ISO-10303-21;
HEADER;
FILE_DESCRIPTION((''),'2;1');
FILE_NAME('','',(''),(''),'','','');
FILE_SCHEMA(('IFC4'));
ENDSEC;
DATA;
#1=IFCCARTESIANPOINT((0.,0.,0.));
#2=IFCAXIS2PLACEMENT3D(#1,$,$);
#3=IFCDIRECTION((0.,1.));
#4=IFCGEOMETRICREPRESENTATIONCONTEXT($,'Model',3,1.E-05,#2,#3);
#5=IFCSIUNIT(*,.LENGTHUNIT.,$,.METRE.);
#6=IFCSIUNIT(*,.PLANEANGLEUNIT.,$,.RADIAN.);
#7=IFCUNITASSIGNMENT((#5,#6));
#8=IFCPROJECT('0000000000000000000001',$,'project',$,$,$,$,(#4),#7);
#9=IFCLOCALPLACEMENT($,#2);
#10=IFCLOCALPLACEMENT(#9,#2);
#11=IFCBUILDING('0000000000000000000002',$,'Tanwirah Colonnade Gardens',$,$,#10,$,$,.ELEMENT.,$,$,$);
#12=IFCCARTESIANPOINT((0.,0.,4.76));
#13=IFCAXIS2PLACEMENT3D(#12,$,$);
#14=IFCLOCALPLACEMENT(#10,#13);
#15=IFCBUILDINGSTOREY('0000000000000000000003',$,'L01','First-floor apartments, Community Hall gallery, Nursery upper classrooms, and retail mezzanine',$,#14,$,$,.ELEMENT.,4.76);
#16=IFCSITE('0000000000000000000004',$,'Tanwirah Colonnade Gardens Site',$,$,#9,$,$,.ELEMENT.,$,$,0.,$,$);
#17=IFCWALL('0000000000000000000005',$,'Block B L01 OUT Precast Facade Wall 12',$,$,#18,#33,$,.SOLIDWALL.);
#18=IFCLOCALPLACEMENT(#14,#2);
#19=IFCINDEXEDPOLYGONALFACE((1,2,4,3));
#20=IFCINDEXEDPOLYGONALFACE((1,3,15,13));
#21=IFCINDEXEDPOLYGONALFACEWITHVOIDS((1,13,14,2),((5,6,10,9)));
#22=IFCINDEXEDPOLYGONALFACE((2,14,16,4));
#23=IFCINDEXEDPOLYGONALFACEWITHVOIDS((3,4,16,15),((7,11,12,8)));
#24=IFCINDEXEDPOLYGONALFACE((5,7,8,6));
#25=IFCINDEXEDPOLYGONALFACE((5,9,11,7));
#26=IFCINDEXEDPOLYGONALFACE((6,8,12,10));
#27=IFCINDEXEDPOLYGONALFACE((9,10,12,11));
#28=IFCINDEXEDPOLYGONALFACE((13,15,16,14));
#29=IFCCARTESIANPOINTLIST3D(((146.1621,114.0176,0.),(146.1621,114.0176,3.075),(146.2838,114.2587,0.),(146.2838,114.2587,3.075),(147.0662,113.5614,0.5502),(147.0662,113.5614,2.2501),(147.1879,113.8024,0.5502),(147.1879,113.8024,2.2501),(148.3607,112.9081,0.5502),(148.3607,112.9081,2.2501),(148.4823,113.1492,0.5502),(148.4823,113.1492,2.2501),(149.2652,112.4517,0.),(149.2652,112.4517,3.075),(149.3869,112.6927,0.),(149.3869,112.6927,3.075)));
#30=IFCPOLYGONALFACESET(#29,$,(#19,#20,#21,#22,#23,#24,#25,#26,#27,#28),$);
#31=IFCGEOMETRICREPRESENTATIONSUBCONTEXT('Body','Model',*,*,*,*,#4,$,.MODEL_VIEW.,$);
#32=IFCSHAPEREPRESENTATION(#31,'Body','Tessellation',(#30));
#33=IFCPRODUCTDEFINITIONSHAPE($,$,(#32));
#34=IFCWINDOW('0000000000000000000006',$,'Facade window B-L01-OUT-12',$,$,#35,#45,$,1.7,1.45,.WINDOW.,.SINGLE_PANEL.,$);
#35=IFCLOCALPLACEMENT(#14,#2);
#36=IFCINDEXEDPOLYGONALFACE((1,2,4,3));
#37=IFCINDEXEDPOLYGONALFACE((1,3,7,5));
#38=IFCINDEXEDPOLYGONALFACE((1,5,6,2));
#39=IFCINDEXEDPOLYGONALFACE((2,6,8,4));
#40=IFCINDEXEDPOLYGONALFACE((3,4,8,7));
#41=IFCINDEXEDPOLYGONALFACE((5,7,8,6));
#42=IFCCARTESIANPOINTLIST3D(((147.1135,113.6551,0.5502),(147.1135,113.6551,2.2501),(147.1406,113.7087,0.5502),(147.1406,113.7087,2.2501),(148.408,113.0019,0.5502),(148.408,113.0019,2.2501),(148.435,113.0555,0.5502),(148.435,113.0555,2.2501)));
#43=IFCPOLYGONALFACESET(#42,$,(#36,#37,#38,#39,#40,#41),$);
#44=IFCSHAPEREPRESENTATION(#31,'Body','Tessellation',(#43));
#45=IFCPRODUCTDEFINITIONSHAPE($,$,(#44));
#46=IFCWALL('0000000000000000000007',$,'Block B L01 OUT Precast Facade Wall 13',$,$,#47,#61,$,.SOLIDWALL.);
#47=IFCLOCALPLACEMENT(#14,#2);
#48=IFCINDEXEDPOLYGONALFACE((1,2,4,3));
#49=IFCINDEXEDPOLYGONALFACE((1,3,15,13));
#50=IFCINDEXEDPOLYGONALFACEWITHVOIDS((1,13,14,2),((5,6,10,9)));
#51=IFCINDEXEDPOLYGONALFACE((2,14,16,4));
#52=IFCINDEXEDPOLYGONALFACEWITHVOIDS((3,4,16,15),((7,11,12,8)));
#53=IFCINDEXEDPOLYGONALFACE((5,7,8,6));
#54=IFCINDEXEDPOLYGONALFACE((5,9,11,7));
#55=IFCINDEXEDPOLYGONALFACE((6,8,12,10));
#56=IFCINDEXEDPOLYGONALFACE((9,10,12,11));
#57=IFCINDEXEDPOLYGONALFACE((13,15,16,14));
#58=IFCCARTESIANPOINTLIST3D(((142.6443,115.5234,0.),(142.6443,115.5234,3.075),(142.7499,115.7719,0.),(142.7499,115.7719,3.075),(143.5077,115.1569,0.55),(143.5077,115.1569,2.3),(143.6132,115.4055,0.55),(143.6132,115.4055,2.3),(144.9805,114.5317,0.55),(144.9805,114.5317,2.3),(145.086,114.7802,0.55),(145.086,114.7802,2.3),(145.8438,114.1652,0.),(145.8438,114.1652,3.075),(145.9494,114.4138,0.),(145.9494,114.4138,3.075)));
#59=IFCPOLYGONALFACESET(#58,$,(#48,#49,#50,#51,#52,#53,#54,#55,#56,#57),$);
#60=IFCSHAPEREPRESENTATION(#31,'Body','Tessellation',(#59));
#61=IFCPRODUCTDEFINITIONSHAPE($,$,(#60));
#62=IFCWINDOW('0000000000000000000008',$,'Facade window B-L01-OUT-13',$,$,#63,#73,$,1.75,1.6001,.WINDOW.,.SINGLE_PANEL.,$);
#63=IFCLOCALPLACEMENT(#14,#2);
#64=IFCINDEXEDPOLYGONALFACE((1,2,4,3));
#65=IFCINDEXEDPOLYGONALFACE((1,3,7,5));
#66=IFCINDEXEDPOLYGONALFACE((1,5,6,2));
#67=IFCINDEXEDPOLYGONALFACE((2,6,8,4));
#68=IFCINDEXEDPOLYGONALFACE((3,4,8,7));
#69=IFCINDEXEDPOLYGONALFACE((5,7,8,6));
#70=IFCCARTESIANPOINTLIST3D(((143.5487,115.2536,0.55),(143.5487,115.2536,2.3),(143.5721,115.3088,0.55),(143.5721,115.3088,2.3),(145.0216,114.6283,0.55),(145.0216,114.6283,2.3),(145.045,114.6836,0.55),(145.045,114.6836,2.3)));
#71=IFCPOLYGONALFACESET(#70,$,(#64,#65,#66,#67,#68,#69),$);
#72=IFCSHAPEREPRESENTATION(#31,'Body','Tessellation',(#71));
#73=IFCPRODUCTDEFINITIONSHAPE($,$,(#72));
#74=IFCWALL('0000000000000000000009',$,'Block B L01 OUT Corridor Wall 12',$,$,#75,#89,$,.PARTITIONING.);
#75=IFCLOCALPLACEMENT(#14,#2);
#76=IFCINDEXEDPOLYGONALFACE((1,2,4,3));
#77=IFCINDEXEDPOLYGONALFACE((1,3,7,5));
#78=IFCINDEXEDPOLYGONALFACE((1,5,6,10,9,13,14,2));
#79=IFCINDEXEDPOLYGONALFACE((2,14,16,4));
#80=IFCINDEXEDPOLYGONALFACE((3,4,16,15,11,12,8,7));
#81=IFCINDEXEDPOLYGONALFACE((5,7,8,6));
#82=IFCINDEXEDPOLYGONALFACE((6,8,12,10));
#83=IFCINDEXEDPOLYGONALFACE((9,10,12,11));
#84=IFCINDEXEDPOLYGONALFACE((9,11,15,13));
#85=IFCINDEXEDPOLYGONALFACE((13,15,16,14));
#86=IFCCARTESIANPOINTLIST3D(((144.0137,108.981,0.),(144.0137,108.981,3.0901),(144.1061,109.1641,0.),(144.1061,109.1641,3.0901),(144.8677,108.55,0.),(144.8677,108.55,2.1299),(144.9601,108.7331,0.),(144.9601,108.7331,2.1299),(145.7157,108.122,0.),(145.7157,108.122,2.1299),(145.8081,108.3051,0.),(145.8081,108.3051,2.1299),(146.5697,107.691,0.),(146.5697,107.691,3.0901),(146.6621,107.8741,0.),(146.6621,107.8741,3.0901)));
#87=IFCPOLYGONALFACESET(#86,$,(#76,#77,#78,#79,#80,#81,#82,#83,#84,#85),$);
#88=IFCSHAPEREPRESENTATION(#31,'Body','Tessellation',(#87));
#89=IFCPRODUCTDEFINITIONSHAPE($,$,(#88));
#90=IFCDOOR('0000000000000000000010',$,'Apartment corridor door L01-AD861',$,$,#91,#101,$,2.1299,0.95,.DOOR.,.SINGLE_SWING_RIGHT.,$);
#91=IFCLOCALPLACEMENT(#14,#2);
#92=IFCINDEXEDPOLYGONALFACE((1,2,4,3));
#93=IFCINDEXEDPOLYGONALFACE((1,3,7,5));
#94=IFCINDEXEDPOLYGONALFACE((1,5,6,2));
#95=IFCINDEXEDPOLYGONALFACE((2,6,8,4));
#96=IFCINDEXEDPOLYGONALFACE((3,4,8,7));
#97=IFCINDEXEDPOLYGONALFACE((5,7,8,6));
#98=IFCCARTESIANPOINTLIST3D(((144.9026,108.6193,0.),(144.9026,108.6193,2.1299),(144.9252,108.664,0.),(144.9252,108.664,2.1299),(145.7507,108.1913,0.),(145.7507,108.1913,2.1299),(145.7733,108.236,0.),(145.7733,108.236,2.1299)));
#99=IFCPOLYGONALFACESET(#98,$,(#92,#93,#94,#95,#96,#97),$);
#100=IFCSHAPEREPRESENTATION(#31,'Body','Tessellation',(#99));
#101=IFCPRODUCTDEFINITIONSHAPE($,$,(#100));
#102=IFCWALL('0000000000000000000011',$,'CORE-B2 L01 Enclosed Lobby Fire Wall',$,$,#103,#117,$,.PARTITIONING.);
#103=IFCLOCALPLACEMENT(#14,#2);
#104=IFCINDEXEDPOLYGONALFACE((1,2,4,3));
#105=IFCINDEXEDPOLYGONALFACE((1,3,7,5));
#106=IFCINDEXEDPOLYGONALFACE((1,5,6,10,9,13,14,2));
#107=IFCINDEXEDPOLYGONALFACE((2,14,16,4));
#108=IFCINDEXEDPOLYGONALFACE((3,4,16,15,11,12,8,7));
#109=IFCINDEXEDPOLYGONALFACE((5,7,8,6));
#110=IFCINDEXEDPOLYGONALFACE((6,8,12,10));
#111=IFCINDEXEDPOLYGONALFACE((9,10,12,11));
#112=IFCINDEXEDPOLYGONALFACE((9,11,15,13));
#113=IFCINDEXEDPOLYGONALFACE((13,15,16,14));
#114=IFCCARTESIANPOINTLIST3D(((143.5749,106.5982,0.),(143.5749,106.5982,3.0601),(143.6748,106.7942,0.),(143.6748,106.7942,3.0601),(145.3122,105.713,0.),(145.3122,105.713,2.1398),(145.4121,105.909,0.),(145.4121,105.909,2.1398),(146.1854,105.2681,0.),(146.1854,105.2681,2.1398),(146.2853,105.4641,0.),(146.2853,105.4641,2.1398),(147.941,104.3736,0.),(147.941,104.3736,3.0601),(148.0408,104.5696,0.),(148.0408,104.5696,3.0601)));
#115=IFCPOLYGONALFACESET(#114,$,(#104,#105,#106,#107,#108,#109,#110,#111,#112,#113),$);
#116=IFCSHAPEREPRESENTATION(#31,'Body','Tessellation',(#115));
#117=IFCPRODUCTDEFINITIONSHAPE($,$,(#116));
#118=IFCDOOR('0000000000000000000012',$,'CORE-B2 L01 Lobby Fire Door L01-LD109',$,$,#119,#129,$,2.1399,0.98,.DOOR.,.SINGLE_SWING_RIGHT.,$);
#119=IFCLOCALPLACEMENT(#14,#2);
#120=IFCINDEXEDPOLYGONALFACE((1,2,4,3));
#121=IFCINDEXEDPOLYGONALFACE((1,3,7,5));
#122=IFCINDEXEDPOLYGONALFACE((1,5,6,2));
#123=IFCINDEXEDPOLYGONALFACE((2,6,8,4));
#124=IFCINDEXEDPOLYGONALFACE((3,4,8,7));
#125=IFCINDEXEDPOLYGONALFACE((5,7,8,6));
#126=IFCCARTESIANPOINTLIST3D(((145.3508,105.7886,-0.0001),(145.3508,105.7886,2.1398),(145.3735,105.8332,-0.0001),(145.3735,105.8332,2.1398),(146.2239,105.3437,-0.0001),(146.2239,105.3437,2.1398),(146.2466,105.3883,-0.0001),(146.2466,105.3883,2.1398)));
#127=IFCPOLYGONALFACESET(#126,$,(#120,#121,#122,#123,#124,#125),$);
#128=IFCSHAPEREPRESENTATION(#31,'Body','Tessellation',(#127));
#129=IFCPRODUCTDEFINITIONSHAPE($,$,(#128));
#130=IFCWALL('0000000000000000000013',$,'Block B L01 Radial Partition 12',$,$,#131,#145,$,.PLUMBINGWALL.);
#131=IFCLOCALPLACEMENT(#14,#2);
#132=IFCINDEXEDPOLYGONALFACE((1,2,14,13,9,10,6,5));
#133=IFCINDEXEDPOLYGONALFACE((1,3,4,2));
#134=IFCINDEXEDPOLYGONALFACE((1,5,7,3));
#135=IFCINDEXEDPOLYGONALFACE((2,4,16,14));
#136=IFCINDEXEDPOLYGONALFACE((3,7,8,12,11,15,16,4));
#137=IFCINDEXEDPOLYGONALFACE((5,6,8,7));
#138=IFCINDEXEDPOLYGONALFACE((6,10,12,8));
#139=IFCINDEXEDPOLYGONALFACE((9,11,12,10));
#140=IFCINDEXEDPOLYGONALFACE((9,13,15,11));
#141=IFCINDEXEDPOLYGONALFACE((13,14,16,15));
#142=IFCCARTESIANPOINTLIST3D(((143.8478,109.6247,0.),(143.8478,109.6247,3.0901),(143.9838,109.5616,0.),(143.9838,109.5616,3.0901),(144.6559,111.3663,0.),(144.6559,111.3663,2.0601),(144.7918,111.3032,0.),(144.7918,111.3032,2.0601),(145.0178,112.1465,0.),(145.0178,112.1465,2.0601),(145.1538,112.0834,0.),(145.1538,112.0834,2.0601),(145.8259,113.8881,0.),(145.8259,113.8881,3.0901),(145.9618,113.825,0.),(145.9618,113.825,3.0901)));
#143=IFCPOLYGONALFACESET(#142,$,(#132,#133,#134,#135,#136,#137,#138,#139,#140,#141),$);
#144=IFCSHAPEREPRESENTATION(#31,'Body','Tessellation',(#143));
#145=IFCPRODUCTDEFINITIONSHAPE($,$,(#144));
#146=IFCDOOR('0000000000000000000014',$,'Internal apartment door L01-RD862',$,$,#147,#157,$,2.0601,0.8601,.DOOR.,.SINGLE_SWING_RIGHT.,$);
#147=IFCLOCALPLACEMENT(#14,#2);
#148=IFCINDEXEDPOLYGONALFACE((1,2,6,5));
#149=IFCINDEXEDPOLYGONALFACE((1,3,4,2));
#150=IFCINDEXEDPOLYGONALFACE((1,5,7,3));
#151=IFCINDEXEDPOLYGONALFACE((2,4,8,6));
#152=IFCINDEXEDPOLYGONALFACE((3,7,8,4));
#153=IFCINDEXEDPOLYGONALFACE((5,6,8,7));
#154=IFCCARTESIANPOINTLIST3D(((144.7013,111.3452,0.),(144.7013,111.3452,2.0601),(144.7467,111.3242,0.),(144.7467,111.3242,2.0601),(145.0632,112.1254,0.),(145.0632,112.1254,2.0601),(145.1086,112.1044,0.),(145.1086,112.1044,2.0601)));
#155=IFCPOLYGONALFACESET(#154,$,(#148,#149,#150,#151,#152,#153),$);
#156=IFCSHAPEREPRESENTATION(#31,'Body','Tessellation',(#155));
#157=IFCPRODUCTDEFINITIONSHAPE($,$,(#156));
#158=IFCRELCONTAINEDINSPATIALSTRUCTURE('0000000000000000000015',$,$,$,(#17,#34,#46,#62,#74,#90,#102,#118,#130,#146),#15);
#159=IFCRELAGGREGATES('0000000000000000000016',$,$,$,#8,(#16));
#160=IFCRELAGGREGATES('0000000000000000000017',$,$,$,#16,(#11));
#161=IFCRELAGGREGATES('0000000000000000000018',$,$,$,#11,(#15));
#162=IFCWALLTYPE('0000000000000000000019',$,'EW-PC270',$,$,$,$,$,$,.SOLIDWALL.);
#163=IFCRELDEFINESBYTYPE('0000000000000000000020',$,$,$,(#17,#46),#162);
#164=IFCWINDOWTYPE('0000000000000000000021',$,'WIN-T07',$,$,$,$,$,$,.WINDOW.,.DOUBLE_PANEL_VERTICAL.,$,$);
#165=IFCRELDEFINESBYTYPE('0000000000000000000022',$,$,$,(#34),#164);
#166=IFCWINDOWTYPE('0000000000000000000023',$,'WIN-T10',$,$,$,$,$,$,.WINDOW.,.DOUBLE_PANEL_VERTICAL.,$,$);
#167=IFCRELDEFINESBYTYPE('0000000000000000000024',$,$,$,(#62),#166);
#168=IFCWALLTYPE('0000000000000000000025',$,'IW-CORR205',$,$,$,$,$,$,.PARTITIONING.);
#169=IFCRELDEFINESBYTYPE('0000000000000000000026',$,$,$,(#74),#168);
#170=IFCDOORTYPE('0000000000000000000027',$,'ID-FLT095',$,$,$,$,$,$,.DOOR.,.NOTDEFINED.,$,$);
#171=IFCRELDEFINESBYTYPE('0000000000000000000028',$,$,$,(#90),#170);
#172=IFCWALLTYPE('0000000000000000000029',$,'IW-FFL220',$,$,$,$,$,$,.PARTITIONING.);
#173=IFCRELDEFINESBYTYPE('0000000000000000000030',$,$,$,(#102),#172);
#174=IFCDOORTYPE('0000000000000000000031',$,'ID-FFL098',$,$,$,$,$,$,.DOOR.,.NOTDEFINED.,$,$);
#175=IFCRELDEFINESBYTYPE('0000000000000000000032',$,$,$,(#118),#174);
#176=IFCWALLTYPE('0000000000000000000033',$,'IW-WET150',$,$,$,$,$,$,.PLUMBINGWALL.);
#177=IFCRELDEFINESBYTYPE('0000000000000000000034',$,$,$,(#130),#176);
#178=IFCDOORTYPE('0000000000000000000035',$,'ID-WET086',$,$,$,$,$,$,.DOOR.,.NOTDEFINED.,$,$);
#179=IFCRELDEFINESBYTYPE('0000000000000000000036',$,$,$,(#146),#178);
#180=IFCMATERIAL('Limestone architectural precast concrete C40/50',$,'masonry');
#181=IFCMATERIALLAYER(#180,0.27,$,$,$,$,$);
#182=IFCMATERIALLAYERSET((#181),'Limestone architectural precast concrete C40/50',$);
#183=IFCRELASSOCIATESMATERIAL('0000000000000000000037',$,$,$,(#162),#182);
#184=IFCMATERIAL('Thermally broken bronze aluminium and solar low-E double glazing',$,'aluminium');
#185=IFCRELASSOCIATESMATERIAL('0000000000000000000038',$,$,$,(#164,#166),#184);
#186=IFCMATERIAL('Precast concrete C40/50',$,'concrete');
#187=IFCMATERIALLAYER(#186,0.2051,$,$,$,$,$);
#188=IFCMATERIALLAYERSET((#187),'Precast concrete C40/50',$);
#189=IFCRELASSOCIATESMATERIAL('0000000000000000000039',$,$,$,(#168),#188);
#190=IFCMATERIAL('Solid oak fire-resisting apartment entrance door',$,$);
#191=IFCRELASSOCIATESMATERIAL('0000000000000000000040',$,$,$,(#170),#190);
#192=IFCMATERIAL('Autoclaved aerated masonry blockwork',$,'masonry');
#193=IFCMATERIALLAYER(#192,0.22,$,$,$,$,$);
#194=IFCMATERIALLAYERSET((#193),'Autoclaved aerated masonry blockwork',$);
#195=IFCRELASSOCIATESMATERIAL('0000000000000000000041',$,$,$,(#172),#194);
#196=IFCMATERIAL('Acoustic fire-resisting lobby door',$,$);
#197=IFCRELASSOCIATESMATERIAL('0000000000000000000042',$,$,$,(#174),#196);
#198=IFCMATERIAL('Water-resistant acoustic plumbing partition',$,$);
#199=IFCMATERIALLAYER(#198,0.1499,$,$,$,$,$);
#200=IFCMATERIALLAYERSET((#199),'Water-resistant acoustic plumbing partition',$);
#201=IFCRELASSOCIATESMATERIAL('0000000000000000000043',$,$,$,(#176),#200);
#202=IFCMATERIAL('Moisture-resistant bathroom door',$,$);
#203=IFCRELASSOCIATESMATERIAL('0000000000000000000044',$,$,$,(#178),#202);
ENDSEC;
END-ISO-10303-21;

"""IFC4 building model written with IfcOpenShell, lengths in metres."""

from ifc_helpers import new_model, si_unit, direction, frame, frame_2d, origin, place, context, subcontext, project, spatial, rectangle, extrude, material, layer, layer_set, type_object, element, fill, save


model = new_model("IFC4")

# Units and contexts
model_context = context("Model", 3, precision=1e-05, world=origin(), true_north=direction((0.0, 1.0)))
body_context = subcontext(model_context, "Body", "Model", "MODEL_VIEW")
ifc_project = project(units=[si_unit("LENGTHUNIT", "METRE"), si_unit("PLANEANGLEUNIT", "RADIAN")], contexts=[model_context])

# Site, building, storey
site_placement = place(None, origin())
site = spatial("IfcSite", under=ifc_project, at=site_placement, Name="Tanwirah Colonnade Gardens Site", CompositionType="ELEMENT", RefElevation=0.0)
building_placement = place(site_placement, origin())
building = spatial("IfcBuilding", under=site, at=building_placement, Name="Tanwirah Colonnade Gardens", CompositionType="ELEMENT")
storey_placement = place(building_placement, frame((0.0, 0.0, 4.76)))
storey = spatial("IfcBuildingStorey", under=building, at=storey_placement, Name="L01", Description="First-floor apartments, Community Hall gallery, Nursery upper classrooms, and retail mezzanine", CompositionType="ELEMENT", Elevation=4.76)

# Shared definitions
ifc_material_1 = material(Name="Precast concrete C40/50", Category="concrete")

# Walls, openings, windows
ifc_material_2 = material(Name="Limestone architectural precast concrete C40/50", Category="masonry")
ifc_layer_1 = layer(ifc_material_2, 0.27)
ifc_layer_set_1 = layer_set([ifc_layer_1], Name="Limestone architectural precast concrete C40/50")
wall_type_1 = type_object("IfcWallType", Name="EW-PC270", PredefinedType="SOLIDWALL", material=ifc_layer_set_1)
wall_1_placement = place(storey_placement, frame((149.3259, 112.5723, 0.0), z_axis=(0.0, 0.0, 1.0), x_axis=(-0.892763, 0.450526, 0.0)))
wall_1 = element("IfcWall", 1, at=wall_1_placement, inside=storey, type_object=wall_type_1, Name="Block B L01 OUT Precast Facade Wall 12", PredefinedType="SOLIDWALL", context=body_context, shape_type="SweptSolid", body=[
    extrude(rectangle(XDim=3.4758, YDim=0.27, at=frame_2d((1.7378, 0.0))), origin(), (0.0, 0.0, 1.0), 3.075),
])
opening_1_placement = place(wall_1_placement, frame((1.0129, 0.0, 0.55)))
opening_1 = element("IfcOpeningElement", 2, at=opening_1_placement, cuts=wall_1, PredefinedType="OPENING", context=body_context, shape_type="SweptSolid", body=[
    extrude(rectangle(XDim=1.45, YDim=1.7, at=frame_2d((0.7251, 0.8501))), frame((0.0, 0.145, 0.0), z_axis=(0.0, -1.0, 0.0), x_axis=(1.0, 0.0, 0.0)), (0.0, 0.0, 1.0), 0.29),
])
ifc_material_3 = material(Name="Thermally broken bronze aluminium and solar low-E double glazing", Category="aluminium")
window_type_1 = type_object("IfcWindowType", Name="WIN-T07", PartitioningType="DOUBLE_PANEL_VERTICAL", PredefinedType="WINDOW", material=ifc_material_3)
window_1_placement = place(opening_1_placement, origin())
window_1 = element("IfcWindow", 3, at=window_1_placement, inside=storey, type_object=window_type_1, Name="Facade window B-L01-OUT-12", OverallHeight=1.7, OverallWidth=1.45, PartitioningType="SINGLE_PANEL", PredefinedType="WINDOW", context=body_context, shape_type="SweptSolid", body=[
    extrude(rectangle(XDim=1.45, YDim=1.7, at=frame_2d((0.7251, 0.8501))), frame((0.0, 0.03, 0.0), z_axis=(0.0, -1.0, 0.0), x_axis=(1.0, 0.0, 0.0)), (0.0, 0.0, 1.0), 0.0601),
])
fill(opening_1, window_1)
wall_2_placement = place(storey_placement, frame((145.8965, 114.2896, 0.0), z_axis=(0.0, 0.0, 1.0), x_axis=(-0.920498, 0.390746, 0.0)))
wall_2 = element("IfcWall", 4, at=wall_2_placement, inside=storey, type_object=wall_type_1, Name="Block B L01 OUT Precast Facade Wall 13", PredefinedType="SOLIDWALL", context=body_context, shape_type="SweptSolid", body=[
    extrude(rectangle(XDim=3.4758, YDim=0.27, at=frame_2d((1.7378, 0.0))), origin(), (0.0, 0.0, 1.0), 3.075),
])
opening_2_placement = place(wall_2_placement, frame((0.9377, 0.0, 0.55)))
opening_2 = element("IfcOpeningElement", 5, at=opening_2_placement, cuts=wall_2, PredefinedType="OPENING", context=body_context, shape_type="SweptSolid", body=[
    extrude(rectangle(XDim=1.6001, YDim=1.75, at=frame_2d((0.8, 0.875))), frame((0.0, 0.145, 0.0), z_axis=(0.0, -1.0, 0.0), x_axis=(1.0, 0.0, 0.0)), (0.0, 0.0, 1.0), 0.29),
])
window_type_2 = type_object("IfcWindowType", Name="WIN-T10", PartitioningType="DOUBLE_PANEL_VERTICAL", PredefinedType="WINDOW", material=ifc_material_3)
window_2_placement = place(opening_2_placement, origin())
window_2 = element("IfcWindow", 6, at=window_2_placement, inside=storey, type_object=window_type_2, Name="Facade window B-L01-OUT-13", OverallHeight=1.75, OverallWidth=1.6001, PartitioningType="SINGLE_PANEL", PredefinedType="WINDOW", context=body_context, shape_type="SweptSolid", body=[
    extrude(rectangle(XDim=1.6001, YDim=1.75, at=frame_2d((0.8, 0.875))), frame((0.0, 0.03, 0.0), z_axis=(0.0, -1.0, 0.0), x_axis=(1.0, 0.0, 0.0)), (0.0, 0.0, 1.0), 0.0601),
])
fill(opening_2, window_2)

# Walls, openings, doors
ifc_layer_2 = layer(ifc_material_1, 0.2051)
ifc_layer_set_2 = layer_set([ifc_layer_2], Name="Precast concrete C40/50")
wall_type_2 = type_object("IfcWallType", Name="IW-CORR205", PredefinedType="PARTITIONING", material=ifc_layer_set_2)
wall_3_placement = place(storey_placement, frame((146.616, 107.7825, 0.0), z_axis=(0.0, 0.0, 1.0), x_axis=(-0.892732, 0.450587, 0.0)))
wall_3 = element("IfcWall", 7, at=wall_3_placement, inside=storey, type_object=wall_type_2, Name="Block B L01 OUT Corridor Wall 12", PredefinedType="PARTITIONING", context=body_context, shape_type="SweptSolid", body=[
    extrude(rectangle(XDim=2.863, YDim=0.2051, at=frame_2d((1.4316, 0.0))), origin(), (0.0, 0.0, 1.0), 3.0901),
])
opening_3_placement = place(wall_3_placement, frame((0.9565, 0.0, 0.0)))
opening_3 = element("IfcOpeningElement", 8, at=opening_3_placement, cuts=wall_3, PredefinedType="OPENING", context=body_context, shape_type="SweptSolid", body=[
    extrude(rectangle(XDim=0.95, YDim=2.1299, at=frame_2d((0.4751, 1.0649))), frame((0.0, 0.1125, 0.0), z_axis=(0.0, -1.0, 0.0), x_axis=(1.0, 0.0, 0.0)), (0.0, 0.0, 1.0), 0.2251),
])
ifc_material_4 = material(Name="Solid oak fire-resisting apartment entrance door")
door_type_1 = type_object("IfcDoorType", Name="ID-FLT095", OperationType="NOTDEFINED", PredefinedType="DOOR", material=ifc_material_4)
door_1_placement = place(opening_3_placement, origin())
door_1 = element("IfcDoor", 9, at=door_1_placement, inside=storey, type_object=door_type_1, Name="Apartment corridor door L01-AD861", OperationType="SINGLE_SWING_RIGHT", OverallHeight=2.1299, OverallWidth=0.95, PredefinedType="DOOR", context=body_context, shape_type="SweptSolid", body=[
    extrude(rectangle(XDim=0.95, YDim=2.1299, at=frame_2d((0.4751, 1.0649))), frame((0.0, 0.0249, 0.0), z_axis=(0.0, -1.0, 0.0), x_axis=(1.0, 0.0, 0.0)), (0.0, 0.0, 1.0), 0.05),
])
fill(opening_3, door_1)
ifc_material_5 = material(Name="Autoclaved aerated masonry blockwork", Category="masonry")
ifc_layer_3 = layer(ifc_material_5, 0.22)
ifc_layer_set_3 = layer_set([ifc_layer_3], Name="Autoclaved aerated masonry blockwork")
wall_type_3 = type_object("IfcWallType", Name="IW-FFL220", PredefinedType="PARTITIONING", material=ifc_layer_set_3)
wall_4_placement = place(storey_placement, frame((143.6248, 106.6963, 0.0), z_axis=(0.0, 0.0, 1.0), x_axis=(0.891003, -0.453997, 0.0)))
wall_4 = element("IfcWall", 10, at=wall_4_placement, inside=storey, type_object=wall_type_3, Name="CORE-B2 L01 Enclosed Lobby Fire Wall", PredefinedType="PARTITIONING", context=body_context, shape_type="SweptSolid", body=[
    extrude(rectangle(XDim=4.9001, YDim=0.22, at=frame_2d((2.4502, 0.0))), origin(), (0.0, 0.0, 1.0), 3.0601),
])
opening_4_placement = place(wall_4_placement, frame((1.95, 0.0, 0.0)))
opening_4 = element("IfcOpeningElement", 11, at=opening_4_placement, cuts=wall_4, PredefinedType="OPENING", context=body_context, shape_type="SweptSolid", body=[
    extrude(rectangle(XDim=0.98, YDim=2.1399, at=frame_2d((0.49, 1.0698))), frame((0.0, 0.1199, 0.0), z_axis=(0.0, -1.0, 0.0), x_axis=(1.0, 0.0, 0.0)), (0.0, 0.0, 1.0), 0.24),
])
ifc_material_6 = material(Name="Acoustic fire-resisting lobby door")
door_type_2 = type_object("IfcDoorType", Name="ID-FFL098", OperationType="NOTDEFINED", PredefinedType="DOOR", material=ifc_material_6)
door_2_placement = place(opening_4_placement, origin())
door_2 = element("IfcDoor", 12, at=door_2_placement, inside=storey, type_object=door_type_2, Name="CORE-B2 L01 Lobby Fire Door L01-LD109", OperationType="SINGLE_SWING_RIGHT", OverallHeight=2.1399, OverallWidth=0.98, PredefinedType="DOOR", context=body_context, shape_type="SweptSolid", body=[
    extrude(rectangle(XDim=0.98, YDim=2.1399, at=frame_2d((0.49, 1.0698))), frame((0.0, 0.0249, 0.0), z_axis=(0.0, -1.0, 0.0), x_axis=(1.0, 0.0, 0.0)), (0.0, 0.0, 1.0), 0.05),
])
fill(opening_4, door_2)
ifc_material_7 = material(Name="Water-resistant acoustic plumbing partition")
ifc_layer_4 = layer(ifc_material_7, 0.1499)
ifc_layer_set_4 = layer_set([ifc_layer_4], Name="Water-resistant acoustic plumbing partition")
wall_type_4 = type_object("IfcWallType", Name="IW-WET150", PredefinedType="PLUMBINGWALL", material=ifc_layer_set_4)
wall_5_placement = place(storey_placement, frame((143.9158, 109.593, 0.0), z_axis=(0.0, 0.0, 1.0), x_axis=(0.420863, 0.907124, 0.0)))
wall_5 = element("IfcWall", 13, at=wall_5_placement, inside=storey, type_object=wall_type_4, Name="Block B L01 Radial Partition 12", PredefinedType="PLUMBINGWALL", context=body_context, shape_type="SweptSolid", body=[
    extrude(rectangle(XDim=4.7, YDim=0.1499, at=frame_2d((2.3501, 0.0))), origin(), (0.0, 0.0, 1.0), 3.0901),
])
opening_5_placement = place(wall_5_placement, frame((1.9199, 0.0, 0.0)))
opening_5 = element("IfcOpeningElement", 14, at=opening_5_placement, cuts=wall_5, PredefinedType="OPENING", context=body_context, shape_type="SweptSolid", body=[
    extrude(rectangle(XDim=0.8601, YDim=2.0601, at=frame_2d((0.4302, 1.03))), frame((0.0, 0.085, 0.0), z_axis=(0.0, -1.0, 0.0), x_axis=(1.0, 0.0, 0.0)), (0.0, 0.0, 1.0), 0.1699),
])
ifc_material_8 = material(Name="Moisture-resistant bathroom door")
door_type_3 = type_object("IfcDoorType", Name="ID-WET086", OperationType="NOTDEFINED", PredefinedType="DOOR", material=ifc_material_8)
door_3_placement = place(opening_5_placement, origin())
door_3 = element("IfcDoor", 15, at=door_3_placement, inside=storey, type_object=door_type_3, Name="Internal apartment door L01-RD862", OperationType="SINGLE_SWING_RIGHT", OverallHeight=2.0601, OverallWidth=0.8601, PredefinedType="DOOR", context=body_context, shape_type="SweptSolid", body=[
    extrude(rectangle(XDim=0.8601, YDim=2.0601, at=frame_2d((0.4302, 1.03))), frame((0.0, 0.0249, 0.0), z_axis=(0.0, -1.0, 0.0), x_axis=(1.0, 0.0, 0.0)), (0.0, 0.0, 1.0), 0.05),
])
fill(opening_5, door_3)

save(model, "model.ifc")
